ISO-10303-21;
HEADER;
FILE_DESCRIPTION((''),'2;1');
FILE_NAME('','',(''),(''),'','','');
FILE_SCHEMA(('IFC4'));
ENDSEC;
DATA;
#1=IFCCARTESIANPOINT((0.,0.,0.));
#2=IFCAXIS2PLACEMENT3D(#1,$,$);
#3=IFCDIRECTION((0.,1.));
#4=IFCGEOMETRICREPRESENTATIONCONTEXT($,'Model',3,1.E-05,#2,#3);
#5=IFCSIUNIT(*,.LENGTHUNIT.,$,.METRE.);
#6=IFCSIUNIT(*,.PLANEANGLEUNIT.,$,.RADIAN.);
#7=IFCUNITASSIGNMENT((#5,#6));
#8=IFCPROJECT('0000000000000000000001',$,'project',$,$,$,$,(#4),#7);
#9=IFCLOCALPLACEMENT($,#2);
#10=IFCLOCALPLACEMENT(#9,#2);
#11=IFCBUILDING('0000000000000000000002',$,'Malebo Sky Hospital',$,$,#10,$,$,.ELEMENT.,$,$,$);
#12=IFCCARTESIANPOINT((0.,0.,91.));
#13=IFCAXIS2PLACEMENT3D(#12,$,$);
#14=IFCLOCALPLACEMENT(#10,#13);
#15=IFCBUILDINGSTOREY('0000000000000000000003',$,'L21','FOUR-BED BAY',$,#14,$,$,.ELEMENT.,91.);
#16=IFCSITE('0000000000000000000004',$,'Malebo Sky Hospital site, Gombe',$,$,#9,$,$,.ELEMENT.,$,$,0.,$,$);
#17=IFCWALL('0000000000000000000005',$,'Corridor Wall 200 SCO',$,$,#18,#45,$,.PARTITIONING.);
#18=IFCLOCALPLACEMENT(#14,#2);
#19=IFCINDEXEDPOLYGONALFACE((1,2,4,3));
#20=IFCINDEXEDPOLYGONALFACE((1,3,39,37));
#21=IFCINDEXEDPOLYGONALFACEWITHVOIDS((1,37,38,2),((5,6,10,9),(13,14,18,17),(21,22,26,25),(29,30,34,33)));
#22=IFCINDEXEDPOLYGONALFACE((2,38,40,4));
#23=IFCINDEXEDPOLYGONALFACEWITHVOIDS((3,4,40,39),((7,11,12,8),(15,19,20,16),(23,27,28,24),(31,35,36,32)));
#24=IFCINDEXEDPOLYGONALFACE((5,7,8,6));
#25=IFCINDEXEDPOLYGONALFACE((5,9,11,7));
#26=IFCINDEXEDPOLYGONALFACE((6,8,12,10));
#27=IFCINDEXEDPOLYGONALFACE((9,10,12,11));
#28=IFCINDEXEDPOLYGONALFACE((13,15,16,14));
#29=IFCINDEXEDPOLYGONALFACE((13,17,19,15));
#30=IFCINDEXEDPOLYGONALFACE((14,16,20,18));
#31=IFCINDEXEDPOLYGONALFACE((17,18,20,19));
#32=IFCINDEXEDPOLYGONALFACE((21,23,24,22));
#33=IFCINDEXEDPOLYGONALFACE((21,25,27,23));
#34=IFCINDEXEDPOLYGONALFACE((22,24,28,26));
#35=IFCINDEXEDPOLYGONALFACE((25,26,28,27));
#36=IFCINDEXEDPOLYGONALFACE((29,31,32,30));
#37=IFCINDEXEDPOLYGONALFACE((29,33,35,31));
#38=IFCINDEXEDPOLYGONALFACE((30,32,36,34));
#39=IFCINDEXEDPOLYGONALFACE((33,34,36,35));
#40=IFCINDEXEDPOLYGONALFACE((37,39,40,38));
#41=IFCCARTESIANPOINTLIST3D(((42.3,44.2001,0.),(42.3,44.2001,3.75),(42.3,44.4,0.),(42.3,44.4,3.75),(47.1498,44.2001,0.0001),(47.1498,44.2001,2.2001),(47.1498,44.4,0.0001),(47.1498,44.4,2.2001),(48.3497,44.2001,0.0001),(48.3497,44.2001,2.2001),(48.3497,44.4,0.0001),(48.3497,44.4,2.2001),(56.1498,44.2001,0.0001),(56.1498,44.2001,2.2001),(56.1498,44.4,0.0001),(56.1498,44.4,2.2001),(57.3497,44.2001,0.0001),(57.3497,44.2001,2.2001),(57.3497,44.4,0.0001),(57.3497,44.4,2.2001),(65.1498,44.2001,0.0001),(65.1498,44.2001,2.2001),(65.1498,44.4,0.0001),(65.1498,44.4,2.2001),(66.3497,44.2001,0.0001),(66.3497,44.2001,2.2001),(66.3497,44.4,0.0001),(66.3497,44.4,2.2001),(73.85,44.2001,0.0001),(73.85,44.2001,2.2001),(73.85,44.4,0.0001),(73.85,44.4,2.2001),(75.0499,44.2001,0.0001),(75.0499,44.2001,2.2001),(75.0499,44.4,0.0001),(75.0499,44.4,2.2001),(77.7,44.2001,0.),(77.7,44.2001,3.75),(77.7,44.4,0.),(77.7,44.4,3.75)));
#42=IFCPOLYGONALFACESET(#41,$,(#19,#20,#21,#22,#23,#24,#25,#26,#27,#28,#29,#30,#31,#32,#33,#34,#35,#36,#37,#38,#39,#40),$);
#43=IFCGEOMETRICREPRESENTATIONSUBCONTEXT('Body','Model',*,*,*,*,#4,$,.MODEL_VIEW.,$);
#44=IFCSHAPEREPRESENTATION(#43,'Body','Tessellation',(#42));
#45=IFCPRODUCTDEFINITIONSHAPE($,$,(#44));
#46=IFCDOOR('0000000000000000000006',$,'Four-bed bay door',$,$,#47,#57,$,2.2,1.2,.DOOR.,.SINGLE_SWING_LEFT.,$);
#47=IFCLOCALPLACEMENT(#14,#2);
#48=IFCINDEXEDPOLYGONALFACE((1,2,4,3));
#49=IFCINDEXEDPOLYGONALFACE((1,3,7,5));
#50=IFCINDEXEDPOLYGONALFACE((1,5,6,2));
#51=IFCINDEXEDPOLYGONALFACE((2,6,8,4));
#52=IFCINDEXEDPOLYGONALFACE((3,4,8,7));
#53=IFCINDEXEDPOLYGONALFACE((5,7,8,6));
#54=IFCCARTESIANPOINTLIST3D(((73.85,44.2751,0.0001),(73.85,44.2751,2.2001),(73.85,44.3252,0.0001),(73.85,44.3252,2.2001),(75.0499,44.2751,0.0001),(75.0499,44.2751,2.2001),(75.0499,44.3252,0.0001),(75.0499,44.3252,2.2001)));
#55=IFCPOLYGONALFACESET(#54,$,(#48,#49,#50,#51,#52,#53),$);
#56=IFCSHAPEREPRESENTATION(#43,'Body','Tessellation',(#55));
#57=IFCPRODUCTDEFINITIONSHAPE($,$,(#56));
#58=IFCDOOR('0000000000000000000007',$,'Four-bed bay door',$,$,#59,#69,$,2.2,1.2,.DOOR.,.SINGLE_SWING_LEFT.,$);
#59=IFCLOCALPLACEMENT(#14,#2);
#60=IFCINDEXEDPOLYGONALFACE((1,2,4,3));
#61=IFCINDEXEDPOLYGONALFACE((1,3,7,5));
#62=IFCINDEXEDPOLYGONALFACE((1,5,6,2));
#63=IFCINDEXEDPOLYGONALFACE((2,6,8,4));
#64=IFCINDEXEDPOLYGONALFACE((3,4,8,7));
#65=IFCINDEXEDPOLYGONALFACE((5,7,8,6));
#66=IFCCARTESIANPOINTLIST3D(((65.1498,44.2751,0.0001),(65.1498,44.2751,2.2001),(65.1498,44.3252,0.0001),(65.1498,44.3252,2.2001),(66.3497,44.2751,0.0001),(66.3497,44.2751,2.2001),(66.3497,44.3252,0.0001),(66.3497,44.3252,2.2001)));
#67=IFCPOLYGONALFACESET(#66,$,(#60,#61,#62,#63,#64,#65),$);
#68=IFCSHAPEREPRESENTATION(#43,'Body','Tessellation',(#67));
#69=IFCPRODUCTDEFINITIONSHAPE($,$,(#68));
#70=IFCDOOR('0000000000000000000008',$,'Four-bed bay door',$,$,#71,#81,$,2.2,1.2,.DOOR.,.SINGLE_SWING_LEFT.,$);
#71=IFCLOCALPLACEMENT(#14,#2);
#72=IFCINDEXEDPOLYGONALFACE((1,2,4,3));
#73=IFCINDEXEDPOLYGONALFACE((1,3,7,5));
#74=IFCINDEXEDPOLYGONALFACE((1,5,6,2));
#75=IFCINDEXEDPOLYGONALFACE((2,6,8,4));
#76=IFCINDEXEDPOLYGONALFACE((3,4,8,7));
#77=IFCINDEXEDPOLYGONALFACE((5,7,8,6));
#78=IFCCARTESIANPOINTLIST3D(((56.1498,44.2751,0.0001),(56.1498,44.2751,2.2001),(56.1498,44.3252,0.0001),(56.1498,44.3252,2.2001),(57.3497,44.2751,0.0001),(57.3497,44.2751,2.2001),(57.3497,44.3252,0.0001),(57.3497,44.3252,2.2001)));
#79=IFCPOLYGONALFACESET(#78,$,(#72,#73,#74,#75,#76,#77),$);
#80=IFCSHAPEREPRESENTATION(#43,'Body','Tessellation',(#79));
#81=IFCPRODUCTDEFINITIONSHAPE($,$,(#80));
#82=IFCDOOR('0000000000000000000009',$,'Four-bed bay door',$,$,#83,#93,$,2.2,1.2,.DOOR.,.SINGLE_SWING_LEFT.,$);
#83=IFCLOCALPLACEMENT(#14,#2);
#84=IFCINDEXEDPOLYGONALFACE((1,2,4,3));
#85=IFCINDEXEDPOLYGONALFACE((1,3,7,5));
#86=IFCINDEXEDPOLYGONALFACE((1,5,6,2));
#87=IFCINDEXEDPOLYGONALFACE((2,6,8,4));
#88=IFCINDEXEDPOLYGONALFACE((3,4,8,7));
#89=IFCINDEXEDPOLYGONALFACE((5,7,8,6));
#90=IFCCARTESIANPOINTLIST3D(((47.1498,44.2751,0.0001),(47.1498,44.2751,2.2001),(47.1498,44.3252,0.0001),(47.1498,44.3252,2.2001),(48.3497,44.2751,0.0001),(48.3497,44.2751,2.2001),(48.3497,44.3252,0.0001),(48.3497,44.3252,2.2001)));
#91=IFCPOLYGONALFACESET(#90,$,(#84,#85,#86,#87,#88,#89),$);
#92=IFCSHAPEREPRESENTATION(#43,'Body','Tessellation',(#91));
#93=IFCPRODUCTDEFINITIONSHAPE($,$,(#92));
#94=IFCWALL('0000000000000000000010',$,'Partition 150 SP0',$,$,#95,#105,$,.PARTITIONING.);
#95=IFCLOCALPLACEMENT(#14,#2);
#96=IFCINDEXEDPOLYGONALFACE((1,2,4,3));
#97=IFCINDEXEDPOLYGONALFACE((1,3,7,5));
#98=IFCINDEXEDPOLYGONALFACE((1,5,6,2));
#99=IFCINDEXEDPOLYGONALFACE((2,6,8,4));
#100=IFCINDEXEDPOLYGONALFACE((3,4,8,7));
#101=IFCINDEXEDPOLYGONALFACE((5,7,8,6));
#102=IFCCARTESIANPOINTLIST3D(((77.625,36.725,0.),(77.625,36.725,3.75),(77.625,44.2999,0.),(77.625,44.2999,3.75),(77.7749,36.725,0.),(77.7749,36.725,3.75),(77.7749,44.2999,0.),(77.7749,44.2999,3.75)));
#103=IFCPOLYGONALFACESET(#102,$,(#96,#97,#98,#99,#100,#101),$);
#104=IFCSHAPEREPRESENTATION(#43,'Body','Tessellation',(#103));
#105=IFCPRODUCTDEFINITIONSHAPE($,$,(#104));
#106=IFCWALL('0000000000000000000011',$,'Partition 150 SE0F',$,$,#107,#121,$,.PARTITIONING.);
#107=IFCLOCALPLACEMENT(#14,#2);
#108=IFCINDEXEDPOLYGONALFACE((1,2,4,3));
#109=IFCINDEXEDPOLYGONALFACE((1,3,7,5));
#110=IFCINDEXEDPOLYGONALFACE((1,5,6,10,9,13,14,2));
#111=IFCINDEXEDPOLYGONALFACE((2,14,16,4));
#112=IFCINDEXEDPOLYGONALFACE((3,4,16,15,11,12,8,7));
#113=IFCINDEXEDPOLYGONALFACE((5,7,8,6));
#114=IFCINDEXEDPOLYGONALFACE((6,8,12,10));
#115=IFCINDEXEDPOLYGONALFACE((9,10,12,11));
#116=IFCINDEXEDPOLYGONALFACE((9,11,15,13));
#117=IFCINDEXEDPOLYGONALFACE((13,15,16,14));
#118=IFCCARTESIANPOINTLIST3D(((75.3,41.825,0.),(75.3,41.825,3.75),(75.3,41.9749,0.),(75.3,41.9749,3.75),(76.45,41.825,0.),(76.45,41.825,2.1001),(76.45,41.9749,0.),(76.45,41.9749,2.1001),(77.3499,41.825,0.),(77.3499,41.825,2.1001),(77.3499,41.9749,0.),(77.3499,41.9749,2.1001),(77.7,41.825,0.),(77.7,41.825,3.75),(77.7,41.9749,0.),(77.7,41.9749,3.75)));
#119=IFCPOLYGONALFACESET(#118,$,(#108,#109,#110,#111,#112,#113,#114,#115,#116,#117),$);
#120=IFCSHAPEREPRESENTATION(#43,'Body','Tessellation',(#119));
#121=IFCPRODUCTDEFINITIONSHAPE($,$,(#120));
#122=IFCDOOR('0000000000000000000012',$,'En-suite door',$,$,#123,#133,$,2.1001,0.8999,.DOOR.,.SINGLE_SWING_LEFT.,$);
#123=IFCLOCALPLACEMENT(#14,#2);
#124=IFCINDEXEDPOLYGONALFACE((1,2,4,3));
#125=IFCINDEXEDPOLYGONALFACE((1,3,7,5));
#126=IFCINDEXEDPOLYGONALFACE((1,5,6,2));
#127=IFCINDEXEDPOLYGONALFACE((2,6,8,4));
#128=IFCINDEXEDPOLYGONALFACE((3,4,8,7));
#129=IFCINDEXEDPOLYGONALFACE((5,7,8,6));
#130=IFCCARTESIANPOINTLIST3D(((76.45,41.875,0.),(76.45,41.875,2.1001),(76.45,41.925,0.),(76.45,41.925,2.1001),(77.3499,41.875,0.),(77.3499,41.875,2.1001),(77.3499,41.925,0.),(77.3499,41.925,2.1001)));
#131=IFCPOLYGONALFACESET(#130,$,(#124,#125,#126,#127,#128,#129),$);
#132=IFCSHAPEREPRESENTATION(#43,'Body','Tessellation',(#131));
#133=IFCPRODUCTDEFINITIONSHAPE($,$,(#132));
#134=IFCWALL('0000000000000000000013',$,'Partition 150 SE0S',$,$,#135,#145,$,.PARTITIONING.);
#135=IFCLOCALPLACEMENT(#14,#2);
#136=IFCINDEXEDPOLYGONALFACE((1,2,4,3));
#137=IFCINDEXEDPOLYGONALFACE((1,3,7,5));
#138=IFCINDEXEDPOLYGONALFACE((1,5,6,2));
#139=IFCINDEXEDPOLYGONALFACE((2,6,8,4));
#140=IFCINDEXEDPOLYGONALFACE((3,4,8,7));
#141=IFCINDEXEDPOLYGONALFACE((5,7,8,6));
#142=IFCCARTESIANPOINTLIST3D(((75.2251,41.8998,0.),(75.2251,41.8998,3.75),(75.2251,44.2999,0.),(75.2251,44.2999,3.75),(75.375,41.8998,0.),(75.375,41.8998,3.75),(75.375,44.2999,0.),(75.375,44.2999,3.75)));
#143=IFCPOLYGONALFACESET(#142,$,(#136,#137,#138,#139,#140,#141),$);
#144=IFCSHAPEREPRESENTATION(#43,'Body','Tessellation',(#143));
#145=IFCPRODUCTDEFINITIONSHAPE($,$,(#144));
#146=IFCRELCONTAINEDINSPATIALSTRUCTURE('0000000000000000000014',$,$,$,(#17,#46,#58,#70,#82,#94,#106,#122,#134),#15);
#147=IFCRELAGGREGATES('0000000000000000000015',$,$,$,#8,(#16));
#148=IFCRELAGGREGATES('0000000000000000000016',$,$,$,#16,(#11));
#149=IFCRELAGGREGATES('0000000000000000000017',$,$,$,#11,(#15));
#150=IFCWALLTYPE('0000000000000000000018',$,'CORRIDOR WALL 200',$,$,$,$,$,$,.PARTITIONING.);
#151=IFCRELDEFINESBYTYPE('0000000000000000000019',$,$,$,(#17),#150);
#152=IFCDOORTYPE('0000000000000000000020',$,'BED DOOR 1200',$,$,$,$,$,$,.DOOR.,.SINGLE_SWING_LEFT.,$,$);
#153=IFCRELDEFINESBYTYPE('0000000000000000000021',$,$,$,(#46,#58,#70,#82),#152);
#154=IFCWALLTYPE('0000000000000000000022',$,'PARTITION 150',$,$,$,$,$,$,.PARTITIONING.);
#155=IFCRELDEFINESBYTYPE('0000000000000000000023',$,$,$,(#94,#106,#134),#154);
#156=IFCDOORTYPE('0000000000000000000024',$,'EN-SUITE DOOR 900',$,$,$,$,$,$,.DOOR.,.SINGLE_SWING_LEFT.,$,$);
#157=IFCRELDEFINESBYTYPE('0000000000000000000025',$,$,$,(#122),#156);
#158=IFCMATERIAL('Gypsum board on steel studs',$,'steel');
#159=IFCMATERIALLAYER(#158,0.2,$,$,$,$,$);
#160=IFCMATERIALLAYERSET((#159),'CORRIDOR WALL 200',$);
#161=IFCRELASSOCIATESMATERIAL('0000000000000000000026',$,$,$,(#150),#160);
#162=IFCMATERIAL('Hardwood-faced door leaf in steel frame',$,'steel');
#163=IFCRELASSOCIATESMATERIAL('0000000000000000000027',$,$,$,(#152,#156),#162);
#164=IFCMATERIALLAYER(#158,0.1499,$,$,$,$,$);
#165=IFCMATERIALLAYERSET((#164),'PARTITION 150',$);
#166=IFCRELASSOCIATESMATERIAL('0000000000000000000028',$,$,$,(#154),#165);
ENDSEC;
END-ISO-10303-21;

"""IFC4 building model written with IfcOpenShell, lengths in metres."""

from ifc_helpers import new_model, si_unit, direction, frame, frame_2d, origin, place, context, subcontext, project, spatial, rectangle, extrude, material, layer, layer_set, type_object, element, fill, save


model = new_model("IFC4")

# Units and contexts
model_context = context("Model", 3, precision=1e-05, world=origin(), true_north=direction((0.0, 1.0)))
body_context = subcontext(model_context, "Body", "Model", "MODEL_VIEW")
ifc_project = project(units=[si_unit("LENGTHUNIT", "METRE"), si_unit("PLANEANGLEUNIT", "RADIAN")], contexts=[model_context])

# Site, building, storey
site_placement = place(None, origin())
site = spatial("IfcSite", under=ifc_project, at=site_placement, Name="Malebo Sky Hospital site, Gombe", CompositionType="ELEMENT", RefElevation=0.0)
building_placement = place(site_placement, origin())
building = spatial("IfcBuilding", under=site, at=building_placement, Name="Malebo Sky Hospital", CompositionType="ELEMENT")
storey_placement = place(building_placement, frame((0.0, 0.0, 91.0)))
storey = spatial("IfcBuildingStorey", under=building, at=storey_placement, Name="L21", Description="FOUR-BED BAY", CompositionType="ELEMENT", Elevation=91.0)

# Wall, openings, doors
ifc_material_1 = material(Name="Gypsum board on steel studs", Category="steel")
ifc_layer_1 = layer(ifc_material_1, 0.2)
ifc_layer_set_1 = layer_set([ifc_layer_1], Name="CORRIDOR WALL 200")
wall_type_1 = type_object("IfcWallType", Name="CORRIDOR WALL 200", PredefinedType="PARTITIONING", material=ifc_layer_set_1)
wall_1_placement = place(storey_placement, frame((77.7, 44.3, 0.0), z_axis=(0.0, 0.0, 1.0), x_axis=(-1.0, 0.0, 0.0)))
wall_1 = element("IfcWall", 1, at=wall_1_placement, inside=storey, type_object=wall_type_1, Name="Corridor Wall 200 SCO", PredefinedType="PARTITIONING", context=body_context, shape_type="SweptSolid", body=[
    extrude(rectangle(XDim=35.3999, YDim=0.2, at=frame_2d((17.7, 0.0))), origin(), (0.0, 0.0, 1.0), 3.75),
])
opening_1_placement = place(wall_1_placement, frame((2.6499, 0.0, 0.0)))
opening_1 = element("IfcOpeningElement", 2, at=opening_1_placement, cuts=wall_1, PredefinedType="OPENING", context=body_context, shape_type="SweptSolid", body=[
    extrude(rectangle(XDim=1.2, YDim=2.2, at=frame_2d((0.6001, 1.1001))), frame((0.0, 0.1099, 0.0), z_axis=(0.0, -1.0, 0.0), x_axis=(1.0, 0.0, 0.0)), (0.0, 0.0, 1.0), 0.22),
])
opening_2_placement = place(wall_1_placement, frame((11.3501, 0.0, 0.0)))
opening_2 = element("IfcOpeningElement", 3, at=opening_2_placement, cuts=wall_1, PredefinedType="OPENING", context=body_context, shape_type="SweptSolid", body=[
    extrude(rectangle(XDim=1.2, YDim=2.2, at=frame_2d((0.6001, 1.1001))), frame((0.0, 0.1099, 0.0), z_axis=(0.0, -1.0, 0.0), x_axis=(1.0, 0.0, 0.0)), (0.0, 0.0, 1.0), 0.22),
])
opening_3_placement = place(wall_1_placement, frame((20.3501, 0.0, 0.0)))
opening_3 = element("IfcOpeningElement", 4, at=opening_3_placement, cuts=wall_1, PredefinedType="OPENING", context=body_context, shape_type="SweptSolid", body=[
    extrude(rectangle(XDim=1.2, YDim=2.2, at=frame_2d((0.6001, 1.1001))), frame((0.0, 0.1099, 0.0), z_axis=(0.0, -1.0, 0.0), x_axis=(1.0, 0.0, 0.0)), (0.0, 0.0, 1.0), 0.22),
])
opening_4_placement = place(wall_1_placement, frame((29.3501, 0.0, 0.0)))
opening_4 = element("IfcOpeningElement", 5, at=opening_4_placement, cuts=wall_1, PredefinedType="OPENING", context=body_context, shape_type="SweptSolid", body=[
    extrude(rectangle(XDim=1.2, YDim=2.2, at=frame_2d((0.6001, 1.1001))), frame((0.0, 0.1099, 0.0), z_axis=(0.0, -1.0, 0.0), x_axis=(1.0, 0.0, 0.0)), (0.0, 0.0, 1.0), 0.22),
])
ifc_material_2 = material(Name="Hardwood-faced door leaf in steel frame", Category="steel")
door_type_1 = type_object("IfcDoorType", Name="BED DOOR 1200", OperationType="SINGLE_SWING_LEFT", PredefinedType="DOOR", material=ifc_material_2)
door_1_placement = place(opening_1_placement, origin())
door_1 = element("IfcDoor", 6, at=door_1_placement, inside=storey, type_object=door_type_1, Name="Four-bed bay door", OperationType="SINGLE_SWING_LEFT", OverallHeight=2.2, OverallWidth=1.2, PredefinedType="DOOR", context=body_context, shape_type="SweptSolid", body=[
    extrude(rectangle(XDim=1.2, YDim=2.2, at=frame_2d((0.6001, 1.1001))), frame((0.0, 0.0249, 0.0), z_axis=(0.0, -1.0, 0.0), x_axis=(1.0, 0.0, 0.0)), (0.0, 0.0, 1.0), 0.05),
])
fill(opening_1, door_1)
door_2_placement = place(opening_2_placement, origin())
door_2 = element("IfcDoor", 7, at=door_2_placement, inside=storey, type_object=door_type_1, Name="Four-bed bay door", OperationType="SINGLE_SWING_LEFT", OverallHeight=2.2, OverallWidth=1.2, PredefinedType="DOOR", context=body_context, shape_type="SweptSolid", body=[
    extrude(rectangle(XDim=1.2, YDim=2.2, at=frame_2d((0.6001, 1.1001))), frame((0.0, 0.0249, 0.0), z_axis=(0.0, -1.0, 0.0), x_axis=(1.0, 0.0, 0.0)), (0.0, 0.0, 1.0), 0.05),
])
fill(opening_2, door_2)
door_3_placement = place(opening_3_placement, origin())
door_3 = element("IfcDoor", 8, at=door_3_placement, inside=storey, type_object=door_type_1, Name="Four-bed bay door", OperationType="SINGLE_SWING_LEFT", OverallHeight=2.2, OverallWidth=1.2, PredefinedType="DOOR", context=body_context, shape_type="SweptSolid", body=[
    extrude(rectangle(XDim=1.2, YDim=2.2, at=frame_2d((0.6001, 1.1001))), frame((0.0, 0.0249, 0.0), z_axis=(0.0, -1.0, 0.0), x_axis=(1.0, 0.0, 0.0)), (0.0, 0.0, 1.0), 0.05),
])
fill(opening_3, door_3)
door_4_placement = place(opening_4_placement, origin())
door_4 = element("IfcDoor", 9, at=door_4_placement, inside=storey, type_object=door_type_1, Name="Four-bed bay door", OperationType="SINGLE_SWING_LEFT", OverallHeight=2.2, OverallWidth=1.2, PredefinedType="DOOR", context=body_context, shape_type="SweptSolid", body=[
    extrude(rectangle(XDim=1.2, YDim=2.2, at=frame_2d((0.6001, 1.1001))), frame((0.0, 0.0249, 0.0), z_axis=(0.0, -1.0, 0.0), x_axis=(1.0, 0.0, 0.0)), (0.0, 0.0, 1.0), 0.05),
])
fill(opening_4, door_4)

# Wall
ifc_layer_2 = layer(ifc_material_1, 0.1499)
ifc_layer_set_2 = layer_set([ifc_layer_2], Name="PARTITION 150")
wall_type_2 = type_object("IfcWallType", Name="PARTITION 150", PredefinedType="PARTITIONING", material=ifc_layer_set_2)
wall_2_placement = place(storey_placement, frame((77.7, 44.3, 0.0), z_axis=(0.0, 0.0, 1.0), x_axis=(0.0, -1.0, 0.0)))
element("IfcWall", 10, at=wall_2_placement, inside=storey, type_object=wall_type_2, Name="Partition 150 SP0", PredefinedType="PARTITIONING", context=body_context, shape_type="SweptSolid", body=[
    extrude(rectangle(XDim=7.575, YDim=0.1499, at=frame_2d((3.7876, 0.0))), origin(), (0.0, 0.0, 1.0), 3.75),
])

# Wall, opening, door
wall_3_placement = place(storey_placement, frame((77.7, 41.8999, 0.0), z_axis=(0.0, 0.0, 1.0), x_axis=(-1.0, 0.0, 0.0)))
wall_3 = element("IfcWall", 11, at=wall_3_placement, inside=storey, type_object=wall_type_2, Name="Partition 150 SE0F", PredefinedType="PARTITIONING", context=body_context, shape_type="SweptSolid", body=[
    extrude(rectangle(XDim=2.3999, YDim=0.1499, at=frame_2d((1.2, 0.0))), origin(), (0.0, 0.0, 1.0), 3.75),
])
opening_5_placement = place(wall_3_placement, frame((0.3501, 0.0, 0.0)))
opening_5 = element("IfcOpeningElement", 12, at=opening_5_placement, cuts=wall_3, PredefinedType="OPENING", context=body_context, shape_type="SweptSolid", body=[
    extrude(rectangle(XDim=0.8999, YDim=2.1001, at=frame_2d((0.45, 1.05))), frame((0.0, 0.085, 0.0), z_axis=(0.0, -1.0, 0.0), x_axis=(1.0, 0.0, 0.0)), (0.0, 0.0, 1.0), 0.1699),
])
door_type_2 = type_object("IfcDoorType", Name="EN-SUITE DOOR 900", OperationType="SINGLE_SWING_LEFT", PredefinedType="DOOR", material=ifc_material_2)
door_5_placement = place(opening_5_placement, origin())
door_5 = element("IfcDoor", 13, at=door_5_placement, inside=storey, type_object=door_type_2, Name="En-suite door", OperationType="SINGLE_SWING_LEFT", OverallHeight=2.1001, OverallWidth=0.8999, PredefinedType="DOOR", context=body_context, shape_type="SweptSolid", body=[
    extrude(rectangle(XDim=0.8999, YDim=2.1001, at=frame_2d((0.45, 1.05))), frame((0.0, 0.0249, 0.0), z_axis=(0.0, -1.0, 0.0), x_axis=(1.0, 0.0, 0.0)), (0.0, 0.0, 1.0), 0.05),
])
fill(opening_5, door_5)

# Wall
wall_4_placement = place(storey_placement, frame((75.3, 44.3, 0.0), z_axis=(0.0, 0.0, 1.0), x_axis=(0.0, -1.0, 0.0)))
element("IfcWall", 14, at=wall_4_placement, inside=storey, type_object=wall_type_2, Name="Partition 150 SE0S", PredefinedType="PARTITIONING", context=body_context, shape_type="SweptSolid", body=[
    extrude(rectangle(XDim=2.4001, YDim=0.1499, at=frame_2d((1.2002, 0.0))), origin(), (0.0, 0.0, 1.0), 3.75),
])

save(model, "model.ifc")
